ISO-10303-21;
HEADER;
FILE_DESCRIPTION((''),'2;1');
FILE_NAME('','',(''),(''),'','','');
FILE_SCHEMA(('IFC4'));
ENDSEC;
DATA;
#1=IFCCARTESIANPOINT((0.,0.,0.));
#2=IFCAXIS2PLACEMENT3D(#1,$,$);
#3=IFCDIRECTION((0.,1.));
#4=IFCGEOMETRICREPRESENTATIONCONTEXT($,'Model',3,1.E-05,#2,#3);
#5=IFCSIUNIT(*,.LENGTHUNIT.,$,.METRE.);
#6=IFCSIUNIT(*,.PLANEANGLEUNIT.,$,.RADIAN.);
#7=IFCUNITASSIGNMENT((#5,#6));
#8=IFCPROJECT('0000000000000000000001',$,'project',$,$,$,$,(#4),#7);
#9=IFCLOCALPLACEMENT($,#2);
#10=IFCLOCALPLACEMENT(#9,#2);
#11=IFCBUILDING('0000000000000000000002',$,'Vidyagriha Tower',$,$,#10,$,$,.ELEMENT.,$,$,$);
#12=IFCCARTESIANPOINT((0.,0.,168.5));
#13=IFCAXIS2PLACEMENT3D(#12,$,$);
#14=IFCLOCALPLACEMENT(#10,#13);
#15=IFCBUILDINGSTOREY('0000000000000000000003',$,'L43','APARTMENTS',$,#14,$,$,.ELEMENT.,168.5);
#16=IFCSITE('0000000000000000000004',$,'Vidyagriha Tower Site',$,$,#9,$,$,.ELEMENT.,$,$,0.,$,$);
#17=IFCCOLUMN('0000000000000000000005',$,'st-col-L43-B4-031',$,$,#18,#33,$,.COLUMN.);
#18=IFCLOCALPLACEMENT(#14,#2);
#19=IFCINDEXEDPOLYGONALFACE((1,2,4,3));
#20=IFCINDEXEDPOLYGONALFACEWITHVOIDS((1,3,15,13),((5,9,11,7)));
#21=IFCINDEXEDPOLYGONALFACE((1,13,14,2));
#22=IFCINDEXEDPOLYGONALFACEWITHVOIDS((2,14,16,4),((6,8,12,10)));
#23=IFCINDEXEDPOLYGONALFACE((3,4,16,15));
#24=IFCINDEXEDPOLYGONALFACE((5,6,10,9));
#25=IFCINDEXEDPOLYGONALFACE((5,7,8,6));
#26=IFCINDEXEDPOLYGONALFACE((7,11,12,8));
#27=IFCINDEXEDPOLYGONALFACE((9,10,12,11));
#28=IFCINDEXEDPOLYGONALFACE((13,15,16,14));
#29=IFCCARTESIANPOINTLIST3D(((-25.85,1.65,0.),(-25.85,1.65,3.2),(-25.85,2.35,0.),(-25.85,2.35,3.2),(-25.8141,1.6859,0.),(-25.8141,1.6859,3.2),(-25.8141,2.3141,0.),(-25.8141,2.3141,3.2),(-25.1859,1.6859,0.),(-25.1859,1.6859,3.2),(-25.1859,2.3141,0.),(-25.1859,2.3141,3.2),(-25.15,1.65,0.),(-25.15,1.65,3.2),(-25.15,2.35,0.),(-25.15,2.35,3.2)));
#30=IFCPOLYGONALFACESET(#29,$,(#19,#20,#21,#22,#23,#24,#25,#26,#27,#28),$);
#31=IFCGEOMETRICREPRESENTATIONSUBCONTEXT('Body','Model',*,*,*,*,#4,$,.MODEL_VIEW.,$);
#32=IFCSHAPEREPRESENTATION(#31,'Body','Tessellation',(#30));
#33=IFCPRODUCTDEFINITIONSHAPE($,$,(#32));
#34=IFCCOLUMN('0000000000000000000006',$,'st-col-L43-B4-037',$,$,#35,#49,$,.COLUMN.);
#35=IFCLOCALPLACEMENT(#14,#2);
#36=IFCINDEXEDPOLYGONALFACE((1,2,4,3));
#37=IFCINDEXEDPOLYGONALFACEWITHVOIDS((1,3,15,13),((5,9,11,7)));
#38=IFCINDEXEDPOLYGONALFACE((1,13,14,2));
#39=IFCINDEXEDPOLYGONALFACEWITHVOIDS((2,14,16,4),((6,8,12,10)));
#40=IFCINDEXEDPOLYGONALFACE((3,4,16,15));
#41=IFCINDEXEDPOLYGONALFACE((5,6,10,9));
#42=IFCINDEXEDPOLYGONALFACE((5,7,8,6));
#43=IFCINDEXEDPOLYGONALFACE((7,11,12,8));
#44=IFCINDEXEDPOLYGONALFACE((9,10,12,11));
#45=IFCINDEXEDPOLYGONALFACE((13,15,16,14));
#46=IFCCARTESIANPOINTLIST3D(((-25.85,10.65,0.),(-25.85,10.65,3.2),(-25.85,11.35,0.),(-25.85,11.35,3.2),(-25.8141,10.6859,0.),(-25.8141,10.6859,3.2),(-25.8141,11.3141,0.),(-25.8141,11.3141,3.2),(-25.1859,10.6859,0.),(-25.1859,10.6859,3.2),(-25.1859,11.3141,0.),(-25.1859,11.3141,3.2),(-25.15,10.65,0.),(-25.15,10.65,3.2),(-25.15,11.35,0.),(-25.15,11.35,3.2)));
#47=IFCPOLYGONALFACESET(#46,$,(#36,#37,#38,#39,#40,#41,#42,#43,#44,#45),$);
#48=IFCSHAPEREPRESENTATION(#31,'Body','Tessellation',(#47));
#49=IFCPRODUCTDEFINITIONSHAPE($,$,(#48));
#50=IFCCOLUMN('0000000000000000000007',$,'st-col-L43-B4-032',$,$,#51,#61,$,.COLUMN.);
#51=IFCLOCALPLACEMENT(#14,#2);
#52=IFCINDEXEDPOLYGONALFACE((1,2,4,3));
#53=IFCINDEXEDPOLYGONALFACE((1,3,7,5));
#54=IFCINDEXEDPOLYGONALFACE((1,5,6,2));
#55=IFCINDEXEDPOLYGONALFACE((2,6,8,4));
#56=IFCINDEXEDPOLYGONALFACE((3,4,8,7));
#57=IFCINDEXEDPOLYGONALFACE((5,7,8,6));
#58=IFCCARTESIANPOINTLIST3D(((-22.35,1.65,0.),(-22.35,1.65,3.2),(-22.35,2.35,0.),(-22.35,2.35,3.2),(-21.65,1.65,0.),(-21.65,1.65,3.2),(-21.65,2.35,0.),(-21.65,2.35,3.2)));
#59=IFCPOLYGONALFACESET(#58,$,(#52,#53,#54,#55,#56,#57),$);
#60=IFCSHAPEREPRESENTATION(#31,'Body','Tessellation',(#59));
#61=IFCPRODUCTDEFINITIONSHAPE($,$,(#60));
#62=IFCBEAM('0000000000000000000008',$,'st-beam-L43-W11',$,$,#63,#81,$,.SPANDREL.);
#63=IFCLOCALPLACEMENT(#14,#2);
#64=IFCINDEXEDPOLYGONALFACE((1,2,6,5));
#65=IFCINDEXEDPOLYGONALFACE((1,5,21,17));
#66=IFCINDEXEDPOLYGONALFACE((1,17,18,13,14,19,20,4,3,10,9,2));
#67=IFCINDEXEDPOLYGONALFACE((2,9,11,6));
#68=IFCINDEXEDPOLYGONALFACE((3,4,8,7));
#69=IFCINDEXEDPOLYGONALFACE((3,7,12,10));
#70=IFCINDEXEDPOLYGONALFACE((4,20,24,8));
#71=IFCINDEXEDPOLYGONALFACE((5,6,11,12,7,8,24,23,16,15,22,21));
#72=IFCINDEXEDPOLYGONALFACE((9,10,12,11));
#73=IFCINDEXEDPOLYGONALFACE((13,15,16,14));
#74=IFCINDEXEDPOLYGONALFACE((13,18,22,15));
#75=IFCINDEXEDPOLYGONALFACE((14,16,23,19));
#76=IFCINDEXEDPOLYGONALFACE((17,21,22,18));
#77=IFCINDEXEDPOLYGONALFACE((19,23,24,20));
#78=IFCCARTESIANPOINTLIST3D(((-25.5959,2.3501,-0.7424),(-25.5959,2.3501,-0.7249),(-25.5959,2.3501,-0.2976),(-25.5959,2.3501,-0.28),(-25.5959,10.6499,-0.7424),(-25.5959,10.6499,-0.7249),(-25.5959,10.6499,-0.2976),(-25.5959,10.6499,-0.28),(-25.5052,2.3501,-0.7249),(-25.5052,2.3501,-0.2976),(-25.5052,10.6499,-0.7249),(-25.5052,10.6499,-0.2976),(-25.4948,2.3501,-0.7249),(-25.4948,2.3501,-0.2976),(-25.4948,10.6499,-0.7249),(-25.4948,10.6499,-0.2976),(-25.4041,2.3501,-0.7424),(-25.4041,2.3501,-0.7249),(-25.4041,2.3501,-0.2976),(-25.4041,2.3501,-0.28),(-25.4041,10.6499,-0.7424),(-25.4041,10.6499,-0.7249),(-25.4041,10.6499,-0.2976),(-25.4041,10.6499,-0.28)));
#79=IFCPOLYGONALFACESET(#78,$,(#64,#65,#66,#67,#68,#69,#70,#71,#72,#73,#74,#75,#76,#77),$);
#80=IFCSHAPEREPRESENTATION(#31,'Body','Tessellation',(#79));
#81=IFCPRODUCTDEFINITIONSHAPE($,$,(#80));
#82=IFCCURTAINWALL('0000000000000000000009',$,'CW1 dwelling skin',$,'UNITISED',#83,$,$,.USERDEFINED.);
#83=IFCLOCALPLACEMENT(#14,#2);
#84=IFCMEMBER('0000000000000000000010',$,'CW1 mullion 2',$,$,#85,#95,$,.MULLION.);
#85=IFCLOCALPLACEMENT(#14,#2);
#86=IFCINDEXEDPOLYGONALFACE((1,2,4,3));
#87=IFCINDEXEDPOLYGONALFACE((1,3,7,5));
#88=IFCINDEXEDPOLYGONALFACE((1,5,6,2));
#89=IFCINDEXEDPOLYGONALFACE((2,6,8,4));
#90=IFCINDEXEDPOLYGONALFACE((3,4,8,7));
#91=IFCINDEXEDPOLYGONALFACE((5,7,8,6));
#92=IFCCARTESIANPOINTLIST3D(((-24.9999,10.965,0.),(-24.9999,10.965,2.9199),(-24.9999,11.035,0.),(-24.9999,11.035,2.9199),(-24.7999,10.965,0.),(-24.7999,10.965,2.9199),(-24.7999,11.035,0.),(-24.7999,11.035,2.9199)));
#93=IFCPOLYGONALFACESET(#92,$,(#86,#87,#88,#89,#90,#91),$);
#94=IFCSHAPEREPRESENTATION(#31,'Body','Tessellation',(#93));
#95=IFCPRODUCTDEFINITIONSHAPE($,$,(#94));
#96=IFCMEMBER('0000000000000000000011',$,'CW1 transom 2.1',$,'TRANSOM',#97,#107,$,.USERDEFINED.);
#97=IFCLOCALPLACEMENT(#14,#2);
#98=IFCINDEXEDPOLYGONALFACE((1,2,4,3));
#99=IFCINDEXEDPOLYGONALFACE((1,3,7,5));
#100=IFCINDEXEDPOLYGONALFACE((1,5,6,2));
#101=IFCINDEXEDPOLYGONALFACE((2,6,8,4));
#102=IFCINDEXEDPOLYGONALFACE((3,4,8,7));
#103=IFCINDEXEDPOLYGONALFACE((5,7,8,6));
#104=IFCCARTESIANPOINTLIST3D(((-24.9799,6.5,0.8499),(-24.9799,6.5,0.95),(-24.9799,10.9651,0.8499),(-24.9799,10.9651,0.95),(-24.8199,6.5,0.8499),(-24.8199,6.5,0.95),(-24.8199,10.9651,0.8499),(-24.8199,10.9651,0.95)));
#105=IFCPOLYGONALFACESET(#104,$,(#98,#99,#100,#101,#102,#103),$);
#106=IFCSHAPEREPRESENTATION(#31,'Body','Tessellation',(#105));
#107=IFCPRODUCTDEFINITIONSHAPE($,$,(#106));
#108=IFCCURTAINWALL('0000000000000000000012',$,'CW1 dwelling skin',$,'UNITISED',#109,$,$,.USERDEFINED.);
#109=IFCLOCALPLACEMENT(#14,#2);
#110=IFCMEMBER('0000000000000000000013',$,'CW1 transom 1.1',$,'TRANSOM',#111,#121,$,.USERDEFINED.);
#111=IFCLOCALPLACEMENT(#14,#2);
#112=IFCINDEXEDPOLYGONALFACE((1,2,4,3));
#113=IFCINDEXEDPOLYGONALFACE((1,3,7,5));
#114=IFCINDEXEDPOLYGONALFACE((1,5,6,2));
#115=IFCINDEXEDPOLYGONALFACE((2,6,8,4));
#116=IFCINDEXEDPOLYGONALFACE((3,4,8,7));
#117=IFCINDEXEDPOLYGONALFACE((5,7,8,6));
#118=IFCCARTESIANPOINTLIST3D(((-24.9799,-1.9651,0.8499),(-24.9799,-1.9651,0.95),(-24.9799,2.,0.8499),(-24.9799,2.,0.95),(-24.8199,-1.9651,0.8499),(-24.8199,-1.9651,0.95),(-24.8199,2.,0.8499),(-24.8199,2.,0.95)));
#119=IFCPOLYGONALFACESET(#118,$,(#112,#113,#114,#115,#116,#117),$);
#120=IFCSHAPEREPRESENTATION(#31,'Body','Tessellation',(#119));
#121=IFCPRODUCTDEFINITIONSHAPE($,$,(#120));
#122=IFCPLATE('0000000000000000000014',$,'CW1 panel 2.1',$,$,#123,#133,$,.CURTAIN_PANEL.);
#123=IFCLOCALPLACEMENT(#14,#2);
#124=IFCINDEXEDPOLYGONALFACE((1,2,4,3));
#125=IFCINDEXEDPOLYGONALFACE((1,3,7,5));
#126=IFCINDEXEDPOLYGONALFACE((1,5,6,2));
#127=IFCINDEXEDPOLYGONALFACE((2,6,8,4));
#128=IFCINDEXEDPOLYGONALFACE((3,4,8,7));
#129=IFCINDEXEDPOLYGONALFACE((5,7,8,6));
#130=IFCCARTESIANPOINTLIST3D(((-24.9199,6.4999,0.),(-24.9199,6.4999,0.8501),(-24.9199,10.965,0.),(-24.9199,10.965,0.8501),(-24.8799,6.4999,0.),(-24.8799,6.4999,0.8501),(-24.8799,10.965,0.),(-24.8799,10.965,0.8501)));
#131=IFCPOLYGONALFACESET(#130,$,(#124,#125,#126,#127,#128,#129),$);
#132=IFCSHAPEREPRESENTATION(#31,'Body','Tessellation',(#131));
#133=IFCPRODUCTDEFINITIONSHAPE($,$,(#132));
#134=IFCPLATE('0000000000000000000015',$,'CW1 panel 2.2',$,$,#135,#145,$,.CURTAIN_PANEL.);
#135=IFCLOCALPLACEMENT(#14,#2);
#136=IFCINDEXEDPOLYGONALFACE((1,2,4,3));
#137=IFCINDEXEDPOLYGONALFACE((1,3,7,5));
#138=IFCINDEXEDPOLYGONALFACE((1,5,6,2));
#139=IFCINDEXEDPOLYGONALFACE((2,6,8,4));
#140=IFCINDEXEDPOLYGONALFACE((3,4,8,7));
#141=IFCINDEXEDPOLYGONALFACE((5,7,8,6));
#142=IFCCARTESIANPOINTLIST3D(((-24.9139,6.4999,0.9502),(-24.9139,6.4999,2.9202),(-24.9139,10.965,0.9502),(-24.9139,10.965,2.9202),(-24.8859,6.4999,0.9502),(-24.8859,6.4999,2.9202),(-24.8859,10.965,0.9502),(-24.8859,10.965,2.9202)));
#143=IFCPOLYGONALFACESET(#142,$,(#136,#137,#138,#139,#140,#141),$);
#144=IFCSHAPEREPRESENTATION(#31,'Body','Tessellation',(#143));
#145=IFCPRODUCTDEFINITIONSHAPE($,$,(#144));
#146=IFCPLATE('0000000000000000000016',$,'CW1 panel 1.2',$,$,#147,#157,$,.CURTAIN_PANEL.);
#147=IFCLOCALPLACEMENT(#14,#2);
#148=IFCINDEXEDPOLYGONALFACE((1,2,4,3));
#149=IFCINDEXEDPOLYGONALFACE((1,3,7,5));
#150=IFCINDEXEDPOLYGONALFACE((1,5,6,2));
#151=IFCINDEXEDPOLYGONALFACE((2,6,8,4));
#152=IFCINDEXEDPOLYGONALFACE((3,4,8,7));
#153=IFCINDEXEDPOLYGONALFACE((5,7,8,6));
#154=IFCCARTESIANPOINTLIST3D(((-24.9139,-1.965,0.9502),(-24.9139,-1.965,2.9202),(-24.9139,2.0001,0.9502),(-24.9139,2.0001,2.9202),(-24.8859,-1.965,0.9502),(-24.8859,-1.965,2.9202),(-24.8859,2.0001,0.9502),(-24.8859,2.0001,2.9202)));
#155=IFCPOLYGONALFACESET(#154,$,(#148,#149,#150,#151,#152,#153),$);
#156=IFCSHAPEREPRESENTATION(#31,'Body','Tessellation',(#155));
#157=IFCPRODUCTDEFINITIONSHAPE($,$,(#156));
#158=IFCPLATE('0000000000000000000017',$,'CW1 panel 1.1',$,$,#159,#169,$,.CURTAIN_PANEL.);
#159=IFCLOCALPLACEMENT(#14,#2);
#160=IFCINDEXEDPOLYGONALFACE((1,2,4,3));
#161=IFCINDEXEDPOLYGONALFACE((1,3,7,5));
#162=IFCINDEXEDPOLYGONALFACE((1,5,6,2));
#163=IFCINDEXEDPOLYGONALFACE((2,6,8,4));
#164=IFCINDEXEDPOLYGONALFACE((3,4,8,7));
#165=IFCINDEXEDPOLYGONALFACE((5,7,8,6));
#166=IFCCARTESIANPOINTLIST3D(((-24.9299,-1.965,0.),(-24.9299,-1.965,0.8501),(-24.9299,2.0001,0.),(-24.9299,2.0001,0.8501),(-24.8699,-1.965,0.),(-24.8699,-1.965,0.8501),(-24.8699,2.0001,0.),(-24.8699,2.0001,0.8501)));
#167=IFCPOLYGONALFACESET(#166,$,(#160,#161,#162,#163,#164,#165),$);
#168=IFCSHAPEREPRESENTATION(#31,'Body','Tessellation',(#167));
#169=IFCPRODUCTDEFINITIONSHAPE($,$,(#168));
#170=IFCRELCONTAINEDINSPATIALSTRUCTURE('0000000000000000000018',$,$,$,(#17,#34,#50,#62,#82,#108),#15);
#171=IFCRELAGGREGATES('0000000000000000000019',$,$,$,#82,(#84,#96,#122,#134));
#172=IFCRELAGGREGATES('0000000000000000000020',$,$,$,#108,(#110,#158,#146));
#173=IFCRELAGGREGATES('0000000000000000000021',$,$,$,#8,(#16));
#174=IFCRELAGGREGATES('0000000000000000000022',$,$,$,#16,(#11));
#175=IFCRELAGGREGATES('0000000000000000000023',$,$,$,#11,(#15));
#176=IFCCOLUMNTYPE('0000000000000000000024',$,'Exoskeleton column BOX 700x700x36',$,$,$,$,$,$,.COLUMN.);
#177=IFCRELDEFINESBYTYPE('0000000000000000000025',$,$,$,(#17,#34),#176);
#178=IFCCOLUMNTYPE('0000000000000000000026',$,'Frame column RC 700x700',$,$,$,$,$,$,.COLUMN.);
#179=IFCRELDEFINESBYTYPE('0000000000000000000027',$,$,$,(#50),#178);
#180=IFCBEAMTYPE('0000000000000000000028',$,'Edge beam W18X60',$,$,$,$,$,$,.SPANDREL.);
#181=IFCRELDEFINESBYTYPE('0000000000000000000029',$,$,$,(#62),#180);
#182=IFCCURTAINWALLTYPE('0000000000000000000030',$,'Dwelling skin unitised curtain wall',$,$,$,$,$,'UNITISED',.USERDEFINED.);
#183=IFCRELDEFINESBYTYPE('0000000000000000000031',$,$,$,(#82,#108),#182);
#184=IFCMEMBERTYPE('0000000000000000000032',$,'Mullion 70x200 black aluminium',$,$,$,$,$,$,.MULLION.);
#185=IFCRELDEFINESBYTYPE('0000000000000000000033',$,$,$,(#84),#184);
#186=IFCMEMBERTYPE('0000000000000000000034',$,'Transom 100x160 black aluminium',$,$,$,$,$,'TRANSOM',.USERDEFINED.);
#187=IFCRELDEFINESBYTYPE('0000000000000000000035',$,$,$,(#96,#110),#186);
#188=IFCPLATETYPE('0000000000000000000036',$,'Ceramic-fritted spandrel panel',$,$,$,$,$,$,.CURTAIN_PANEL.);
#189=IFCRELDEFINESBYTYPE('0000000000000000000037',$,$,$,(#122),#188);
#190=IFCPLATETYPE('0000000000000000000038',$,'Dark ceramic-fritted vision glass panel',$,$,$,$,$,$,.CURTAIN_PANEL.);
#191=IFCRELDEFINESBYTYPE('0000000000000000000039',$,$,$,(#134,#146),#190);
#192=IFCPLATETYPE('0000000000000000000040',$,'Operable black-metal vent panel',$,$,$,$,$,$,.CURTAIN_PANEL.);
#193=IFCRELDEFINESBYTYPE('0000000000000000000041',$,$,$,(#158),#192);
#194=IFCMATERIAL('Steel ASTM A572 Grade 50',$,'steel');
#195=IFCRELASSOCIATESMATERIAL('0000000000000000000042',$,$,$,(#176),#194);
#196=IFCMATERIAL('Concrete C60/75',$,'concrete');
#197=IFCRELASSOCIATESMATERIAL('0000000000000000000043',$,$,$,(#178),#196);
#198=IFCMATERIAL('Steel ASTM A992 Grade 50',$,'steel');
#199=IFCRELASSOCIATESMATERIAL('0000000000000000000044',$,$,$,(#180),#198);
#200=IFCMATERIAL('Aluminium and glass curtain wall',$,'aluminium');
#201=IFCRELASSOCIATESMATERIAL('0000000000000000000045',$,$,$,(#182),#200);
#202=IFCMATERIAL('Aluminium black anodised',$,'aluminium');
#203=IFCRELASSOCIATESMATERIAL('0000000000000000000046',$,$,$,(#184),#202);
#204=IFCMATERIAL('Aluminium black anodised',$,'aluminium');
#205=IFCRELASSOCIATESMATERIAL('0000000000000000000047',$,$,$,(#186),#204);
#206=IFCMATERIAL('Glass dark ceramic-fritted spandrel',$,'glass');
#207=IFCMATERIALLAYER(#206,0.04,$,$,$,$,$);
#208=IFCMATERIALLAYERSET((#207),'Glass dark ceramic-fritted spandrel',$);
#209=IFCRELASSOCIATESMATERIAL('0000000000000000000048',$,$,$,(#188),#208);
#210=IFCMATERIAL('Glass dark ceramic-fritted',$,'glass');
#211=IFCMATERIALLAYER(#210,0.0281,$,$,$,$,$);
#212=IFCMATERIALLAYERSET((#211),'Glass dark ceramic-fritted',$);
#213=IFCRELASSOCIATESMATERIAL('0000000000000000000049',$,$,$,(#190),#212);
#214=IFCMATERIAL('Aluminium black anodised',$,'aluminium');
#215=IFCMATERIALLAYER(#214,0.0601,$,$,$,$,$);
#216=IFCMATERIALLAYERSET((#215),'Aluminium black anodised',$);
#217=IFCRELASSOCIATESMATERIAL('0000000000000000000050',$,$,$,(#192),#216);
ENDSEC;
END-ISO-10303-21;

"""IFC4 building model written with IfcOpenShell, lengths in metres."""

from ifc_helpers import new_model, si_unit, direction, frame, origin, origin_2d, place, context, subcontext, project, spatial, rectangle, hollow_rectangle, i_section, extrude, material, layer, layer_set, material_profile, profile_set, type_object, element, aggregate, save


model = new_model("IFC4")

# Units and contexts
model_context = context("Model", 3, precision=1e-05, world=origin(), true_north=direction((0.0, 1.0)))
body_context = subcontext(model_context, "Body", "Model", "MODEL_VIEW")
ifc_project = project(units=[si_unit("LENGTHUNIT", "METRE"), si_unit("PLANEANGLEUNIT", "RADIAN")], contexts=[model_context])

# Site, building, storey
site_placement = place(None, origin())
site = spatial("IfcSite", under=ifc_project, at=site_placement, Name="Vidyagriha Tower Site", CompositionType="ELEMENT", RefElevation=0.0)
building_placement = place(site_placement, origin())
building = spatial("IfcBuilding", under=site, at=building_placement, Name="Vidyagriha Tower", CompositionType="ELEMENT")
storey_placement = place(building_placement, frame((0.0, 0.0, 168.5)))
storey = spatial("IfcBuildingStorey", under=building, at=storey_placement, Name="L43", Description="APARTMENTS", CompositionType="ELEMENT", Elevation=168.5)

# Columns
ifc_material_1 = material(Name="Steel ASTM A572 Grade 50", Category="steel")
ifc_material_profile_1 = material_profile(ifc_material_1, hollow_rectangle(XDim=0.7, YDim=0.7, WallThickness=0.0359, at=origin_2d()), Name="BOX 700x700x36")
ifc_profile_set_1 = profile_set([ifc_material_profile_1], Name="Steel ASTM A572 Grade 50")
column_type_1 = type_object("IfcColumnType", Name="Exoskeleton column BOX 700x700x36", PredefinedType="COLUMN", material=ifc_profile_set_1)
for number, where, name in (
    (1, (-25.5, 2.0, 0.0), "st-col-L43-B4-031"),
    (2, (-25.5, 11.0, 0.0), "st-col-L43-B4-037"),
):
    element("IfcColumn", number, at=place(storey_placement, frame(where)), inside=storey, type_object=column_type_1, Name=name, PredefinedType="COLUMN", context=body_context, shape_type="SweptSolid", body=[
        extrude(hollow_rectangle(XDim=0.7, YDim=0.7, WallThickness=0.0359, at=origin_2d()), origin(), (0.0, 0.0, 1.0), 3.2),
    ])
ifc_material_2 = material(Name="Concrete C60/75", Category="concrete")
ifc_material_profile_2 = material_profile(ifc_material_2, rectangle(XDim=0.7, YDim=0.7, at=origin_2d()), Name="RC 700x700")
ifc_profile_set_2 = profile_set([ifc_material_profile_2], Name="Concrete C60/75")
column_type_2 = type_object("IfcColumnType", Name="Frame column RC 700x700", PredefinedType="COLUMN", material=ifc_profile_set_2)
column_placement = place(storey_placement, frame((-22.0, 2.0, 0.0)))
element("IfcColumn", 3, at=column_placement, inside=storey, type_object=column_type_2, Name="st-col-L43-B4-032", PredefinedType="COLUMN", context=body_context, shape_type="SweptSolid", body=[
    extrude(rectangle(XDim=0.7, YDim=0.7, at=origin_2d()), origin(), (0.0, 0.0, 1.0), 3.2),
])

# Beam
ifc_material_3 = material(Name="Steel ASTM A992 Grade 50", Category="steel")
ifc_material_profile_3 = material_profile(ifc_material_3, i_section(OverallWidth=0.1919, OverallDepth=0.4624, WebThickness=0.0105, FlangeThickness=0.0176, at=origin_2d()), Name="W18X60")
ifc_profile_set_3 = profile_set([ifc_material_profile_3], Name="Steel ASTM A992 Grade 50")
beam_type = type_object("IfcBeamType", Name="Edge beam W18X60", PredefinedType="SPANDREL", material=ifc_profile_set_3)
beam_placement = place(storey_placement, frame((-25.5, 2.3501, -0.5112), z_axis=(0.0, 1.0, 0.0), x_axis=(-1.0, 0.0, 0.0)))
element("IfcBeam", 4, at=beam_placement, inside=storey, type_object=beam_type, Name="st-beam-L43-W11", PredefinedType="SPANDREL", context=body_context, shape_type="SweptSolid", body=[
    extrude(i_section(OverallWidth=0.1919, OverallDepth=0.4624, WebThickness=0.0105, FlangeThickness=0.0176, at=origin_2d()), origin(), (0.0, 0.0, 1.0), 8.2998),
])

# Curtain wall, members
ifc_material_4 = material(Name="Aluminium and glass curtain wall", Category="aluminium")
curtain_wall_type = type_object("IfcCurtainWallType", Name="Dwelling skin unitised curtain wall", ElementType="UNITISED", PredefinedType="USERDEFINED", material=ifc_material_4)
curtain_wall_1_placement = place(storey_placement, origin())
curtain_wall_1 = element("IfcCurtainWall", 5, at=curtain_wall_1_placement, inside=storey, type_object=curtain_wall_type, Name="CW1 dwelling skin", ObjectType="UNITISED", PredefinedType="USERDEFINED")
ifc_material_5 = material(Name="Aluminium black anodised", Category="aluminium")
ifc_material_profile_4 = material_profile(ifc_material_5, rectangle(XDim=0.2, YDim=0.0701, at=origin_2d()), Name="Mullion 70x200 black aluminium")
ifc_profile_set_4 = profile_set([ifc_material_profile_4], Name="Aluminium black anodised")
member_type_1 = type_object("IfcMemberType", Name="Mullion 70x200 black aluminium", PredefinedType="MULLION", material=ifc_profile_set_4)
member_1_placement = place(storey_placement, frame((-24.8999, 11.0, 0.0)))
member_1 = element("IfcMember", 6, at=member_1_placement, type_object=member_type_1, Name="CW1 mullion 2", PredefinedType="MULLION", context=body_context, shape_type="SweptSolid", body=[
    extrude(rectangle(XDim=0.2, YDim=0.0701, at=origin_2d()), origin(), (0.0, 0.0, 1.0), 2.9199),
])
ifc_material_6 = material(Name="Aluminium black anodised", Category="aluminium")
ifc_material_profile_5 = material_profile(ifc_material_6, rectangle(XDim=0.1599, YDim=0.1001, at=origin_2d()), Name="Transom 100x160 black aluminium")
ifc_profile_set_5 = profile_set([ifc_material_profile_5], Name="Aluminium black anodised")
member_type_2 = type_object("IfcMemberType", Name="Transom 100x160 black aluminium", ElementType="TRANSOM", PredefinedType="USERDEFINED", material=ifc_profile_set_5)
member_2_placement = place(storey_placement, frame((-24.8999, 10.9651, 0.8999), z_axis=(0.0, -1.0, 0.0), x_axis=(1.0, 0.0, 0.0)))
member_2 = element("IfcMember", 7, at=member_2_placement, type_object=member_type_2, Name="CW1 transom 2.1", ObjectType="TRANSOM", PredefinedType="USERDEFINED", context=body_context, shape_type="SweptSolid", body=[
    extrude(rectangle(XDim=0.1599, YDim=0.1001, at=origin_2d()), origin(), (0.0, 0.0, 1.0), 4.4651),
])

# Curtain wall, member
curtain_wall_2_placement = place(storey_placement, origin())
curtain_wall_2 = element("IfcCurtainWall", 8, at=curtain_wall_2_placement, inside=storey, type_object=curtain_wall_type, Name="CW1 dwelling skin", ObjectType="UNITISED", PredefinedType="USERDEFINED")
member_3_placement = place(storey_placement, frame((-24.8999, 2.0, 0.8999), z_axis=(0.0, -1.0, 0.0), x_axis=(1.0, 0.0, 0.0)))
member_3 = element("IfcMember", 9, at=member_3_placement, type_object=member_type_2, Name="CW1 transom 1.1", ObjectType="TRANSOM", PredefinedType="USERDEFINED", context=body_context, shape_type="SweptSolid", body=[
    extrude(rectangle(XDim=0.1599, YDim=0.1001, at=origin_2d()), origin(), (0.0, 0.0, 1.0), 3.9651),
])

# Plates
ifc_material_7 = material(Name="Glass dark ceramic-fritted spandrel", Category="glass")
ifc_layer_1 = layer(ifc_material_7, 0.04)
ifc_layer_set_1 = layer_set([ifc_layer_1], Name="Glass dark ceramic-fritted spandrel")
plate_type_1 = type_object("IfcPlateType", Name="Ceramic-fritted spandrel panel", PredefinedType="CURTAIN_PANEL", material=ifc_layer_set_1)
plate_1_placement = place(storey_placement, frame((-24.8999, 8.7324, 0.0), z_axis=(0.0, 0.0, 1.0), x_axis=(0.0, -1.0, 0.0)))
plate_1 = element("IfcPlate", 10, at=plate_1_placement, type_object=plate_type_1, Name="CW1 panel 2.1", PredefinedType="CURTAIN_PANEL", context=body_context, shape_type="SweptSolid", body=[
    extrude(rectangle(XDim=4.4651, YDim=0.04, at=origin_2d()), origin(), (0.0, 0.0, 1.0), 0.8501),
])
ifc_material_8 = material(Name="Glass dark ceramic-fritted", Category="glass")
ifc_layer_2 = layer(ifc_material_8, 0.0281)
ifc_layer_set_2 = layer_set([ifc_layer_2], Name="Glass dark ceramic-fritted")
plate_type_2 = type_object("IfcPlateType", Name="Dark ceramic-fritted vision glass panel", PredefinedType="CURTAIN_PANEL", material=ifc_layer_set_2)
plate_2_placement = place(storey_placement, frame((-24.8999, 8.7324, 0.9502), z_axis=(0.0, 0.0, 1.0), x_axis=(0.0, -1.0, 0.0)))
plate_2 = element("IfcPlate", 11, at=plate_2_placement, type_object=plate_type_2, Name="CW1 panel 2.2", PredefinedType="CURTAIN_PANEL", context=body_context, shape_type="SweptSolid", body=[
    extrude(rectangle(XDim=4.4651, YDim=0.0281, at=origin_2d()), origin(), (0.0, 0.0, 1.0), 1.97),
])
aggregate(curtain_wall_1, [member_1, member_2, plate_1, plate_2])
plate_3_placement = place(storey_placement, frame((-24.8999, 0.0176, 0.9502), z_axis=(0.0, 0.0, 1.0), x_axis=(0.0, -1.0, 0.0)))
plate_3 = element("IfcPlate", 12, at=plate_3_placement, type_object=plate_type_2, Name="CW1 panel 1.2", PredefinedType="CURTAIN_PANEL", context=body_context, shape_type="SweptSolid", body=[
    extrude(rectangle(XDim=3.9651, YDim=0.0281, at=origin_2d()), origin(), (0.0, 0.0, 1.0), 1.97),
])
ifc_material_9 = material(Name="Aluminium black anodised", Category="aluminium")
ifc_layer_3 = layer(ifc_material_9, 0.0601)
ifc_layer_set_3 = layer_set([ifc_layer_3], Name="Aluminium black anodised")
plate_type_3 = type_object("IfcPlateType", Name="Operable black-metal vent panel", PredefinedType="CURTAIN_PANEL", material=ifc_layer_set_3)
plate_4_placement = place(storey_placement, frame((-24.8999, 0.0176, 0.0), z_axis=(0.0, 0.0, 1.0), x_axis=(0.0, -1.0, 0.0)))
plate_4 = element("IfcPlate", 13, at=plate_4_placement, type_object=plate_type_3, Name="CW1 panel 1.1", PredefinedType="CURTAIN_PANEL", context=body_context, shape_type="SweptSolid", body=[
    extrude(rectangle(XDim=3.9651, YDim=0.0601, at=origin_2d()), origin(), (0.0, 0.0, 1.0), 0.8501),
])
aggregate(curtain_wall_2, [member_3, plate_4, plate_3])

save(model, "model.ifc")
